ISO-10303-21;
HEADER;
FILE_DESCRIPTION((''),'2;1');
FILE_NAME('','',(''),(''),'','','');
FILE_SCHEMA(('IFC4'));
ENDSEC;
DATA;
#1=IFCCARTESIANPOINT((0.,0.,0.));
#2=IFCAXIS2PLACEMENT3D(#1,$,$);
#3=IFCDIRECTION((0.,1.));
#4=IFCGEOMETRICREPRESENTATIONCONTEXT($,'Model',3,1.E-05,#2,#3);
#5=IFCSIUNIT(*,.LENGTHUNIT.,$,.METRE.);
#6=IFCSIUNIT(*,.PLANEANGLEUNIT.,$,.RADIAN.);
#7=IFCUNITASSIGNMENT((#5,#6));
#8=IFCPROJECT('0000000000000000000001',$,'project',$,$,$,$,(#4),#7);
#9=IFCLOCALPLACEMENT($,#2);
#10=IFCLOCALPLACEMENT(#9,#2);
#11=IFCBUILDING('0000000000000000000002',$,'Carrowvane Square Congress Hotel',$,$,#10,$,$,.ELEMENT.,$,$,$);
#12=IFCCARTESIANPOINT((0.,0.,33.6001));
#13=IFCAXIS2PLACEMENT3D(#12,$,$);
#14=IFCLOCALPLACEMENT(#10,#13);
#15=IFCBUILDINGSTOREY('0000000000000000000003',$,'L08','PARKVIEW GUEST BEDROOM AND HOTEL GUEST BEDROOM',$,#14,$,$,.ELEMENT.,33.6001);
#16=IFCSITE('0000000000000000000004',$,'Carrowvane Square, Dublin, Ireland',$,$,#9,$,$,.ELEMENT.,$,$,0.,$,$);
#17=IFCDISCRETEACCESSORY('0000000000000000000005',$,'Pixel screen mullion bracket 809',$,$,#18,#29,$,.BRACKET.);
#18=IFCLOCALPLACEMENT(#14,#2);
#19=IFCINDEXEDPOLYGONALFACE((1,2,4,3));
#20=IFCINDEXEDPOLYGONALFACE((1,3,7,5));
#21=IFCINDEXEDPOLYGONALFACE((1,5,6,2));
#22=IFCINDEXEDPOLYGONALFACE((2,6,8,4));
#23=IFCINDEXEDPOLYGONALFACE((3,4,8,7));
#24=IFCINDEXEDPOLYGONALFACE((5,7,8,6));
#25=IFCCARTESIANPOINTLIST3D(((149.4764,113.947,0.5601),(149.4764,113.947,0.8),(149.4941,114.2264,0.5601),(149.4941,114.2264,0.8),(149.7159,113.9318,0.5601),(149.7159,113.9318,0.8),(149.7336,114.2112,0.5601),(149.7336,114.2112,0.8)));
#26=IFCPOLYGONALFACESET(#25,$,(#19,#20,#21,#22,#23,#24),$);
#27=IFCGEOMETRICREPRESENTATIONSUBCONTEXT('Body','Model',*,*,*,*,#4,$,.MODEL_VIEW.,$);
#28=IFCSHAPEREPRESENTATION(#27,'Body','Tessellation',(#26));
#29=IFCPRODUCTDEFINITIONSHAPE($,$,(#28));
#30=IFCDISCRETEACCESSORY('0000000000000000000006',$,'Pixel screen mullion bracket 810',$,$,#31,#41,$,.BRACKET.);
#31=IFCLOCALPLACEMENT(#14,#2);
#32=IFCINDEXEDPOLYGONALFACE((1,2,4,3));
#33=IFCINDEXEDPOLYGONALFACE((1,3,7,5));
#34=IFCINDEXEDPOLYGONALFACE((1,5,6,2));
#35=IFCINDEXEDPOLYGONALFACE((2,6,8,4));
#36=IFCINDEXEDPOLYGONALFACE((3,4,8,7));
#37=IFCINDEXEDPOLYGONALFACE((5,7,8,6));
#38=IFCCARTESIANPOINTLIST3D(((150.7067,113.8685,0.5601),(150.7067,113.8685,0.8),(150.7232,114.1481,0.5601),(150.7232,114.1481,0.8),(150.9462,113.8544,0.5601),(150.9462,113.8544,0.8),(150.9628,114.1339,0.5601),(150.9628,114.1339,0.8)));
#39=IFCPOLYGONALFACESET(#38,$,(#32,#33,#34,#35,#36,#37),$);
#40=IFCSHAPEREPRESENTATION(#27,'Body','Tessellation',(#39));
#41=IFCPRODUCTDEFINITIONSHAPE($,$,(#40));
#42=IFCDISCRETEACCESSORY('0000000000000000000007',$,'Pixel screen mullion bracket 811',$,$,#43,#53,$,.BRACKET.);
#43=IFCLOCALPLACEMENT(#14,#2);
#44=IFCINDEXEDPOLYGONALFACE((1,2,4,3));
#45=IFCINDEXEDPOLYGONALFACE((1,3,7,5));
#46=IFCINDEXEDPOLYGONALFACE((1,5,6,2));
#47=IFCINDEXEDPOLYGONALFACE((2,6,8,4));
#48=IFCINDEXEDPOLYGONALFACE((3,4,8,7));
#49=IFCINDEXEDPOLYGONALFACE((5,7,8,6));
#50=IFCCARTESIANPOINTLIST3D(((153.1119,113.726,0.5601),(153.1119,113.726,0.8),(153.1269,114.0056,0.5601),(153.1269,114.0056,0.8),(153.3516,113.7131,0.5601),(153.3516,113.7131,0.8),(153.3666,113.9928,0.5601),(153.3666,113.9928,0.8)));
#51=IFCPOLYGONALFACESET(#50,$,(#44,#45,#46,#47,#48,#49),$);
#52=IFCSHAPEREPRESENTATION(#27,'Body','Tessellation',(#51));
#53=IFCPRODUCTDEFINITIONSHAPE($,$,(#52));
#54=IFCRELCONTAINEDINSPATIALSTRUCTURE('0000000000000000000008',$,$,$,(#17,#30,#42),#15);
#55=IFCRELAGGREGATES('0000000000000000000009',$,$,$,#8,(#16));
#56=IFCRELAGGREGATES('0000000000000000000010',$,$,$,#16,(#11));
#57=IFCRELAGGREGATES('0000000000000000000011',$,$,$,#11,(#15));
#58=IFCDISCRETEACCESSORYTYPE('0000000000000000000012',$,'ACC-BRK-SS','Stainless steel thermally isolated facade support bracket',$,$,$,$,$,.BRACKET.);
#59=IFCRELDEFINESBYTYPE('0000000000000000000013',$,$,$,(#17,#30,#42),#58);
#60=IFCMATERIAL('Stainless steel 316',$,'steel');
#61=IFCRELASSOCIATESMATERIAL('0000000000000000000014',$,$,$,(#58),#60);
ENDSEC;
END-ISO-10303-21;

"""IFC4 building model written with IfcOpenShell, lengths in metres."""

from ifc_helpers import new_model, si_unit, direction, frame, origin, origin_2d, place, context, subcontext, project, spatial, rectangle, extrude, material, type_object, element, save


model = new_model("IFC4")

# Units and contexts
model_context = context("Model", 3, precision=1e-05, world=origin(), true_north=direction((0.0, 1.0)))
body_context = subcontext(model_context, "Body", "Model", "MODEL_VIEW")
ifc_project = project(units=[si_unit("LENGTHUNIT", "METRE"), si_unit("PLANEANGLEUNIT", "RADIAN")], contexts=[model_context])

# Site, building, storey
site_placement = place(None, origin())
site = spatial("IfcSite", under=ifc_project, at=site_placement, Name="Carrowvane Square, Dublin, Ireland", CompositionType="ELEMENT", RefElevation=0.0)
building_placement = place(site_placement, origin())
building = spatial("IfcBuilding", under=site, at=building_placement, Name="Carrowvane Square Congress Hotel", CompositionType="ELEMENT")
storey_placement = place(building_placement, frame((0.0, 0.0, 33.6001)))
storey = spatial("IfcBuildingStorey", under=building, at=storey_placement, Name="L08", Description="PARKVIEW GUEST BEDROOM AND HOTEL GUEST BEDROOM", CompositionType="ELEMENT", Elevation=33.6001)

# Discrete accessories
ifc_material_1 = material(Name="Stainless steel 316", Category="steel")
discrete_accessory_type = type_object("IfcDiscreteAccessoryType", Name="ACC-BRK-SS", Description="Stainless steel thermally isolated facade support bracket", PredefinedType="BRACKET", material=ifc_material_1)
for number, where, z_axis, x_axis, name in (
    (1, (149.605, 114.0791, 0.5601), (0.0, 0.0, 1.0), (0.997996, -0.063277, 0.0), "Pixel screen mullion bracket 809"),
    (2, (150.8347, 114.0012, 0.5601), (0.0, 0.0, 1.0), (0.998259, -0.058985, 0.0), "Pixel screen mullion bracket 810"),
    (3, (153.2393, 113.8594, 0.5601), (0.0, 0.0, 1.0), (0.998567, -0.053517, 0.0), "Pixel screen mullion bracket 811"),
):
    element("IfcDiscreteAccessory", number, at=place(storey_placement, frame(where, z_axis=z_axis, x_axis=x_axis)), inside=storey, type_object=discrete_accessory_type, Name=name, PredefinedType="BRACKET", context=body_context, shape_type="SweptSolid", body=[
        extrude(rectangle(XDim=0.24, YDim=0.28, at=origin_2d()), origin(), (0.0, 0.0, 1.0), 0.24),
    ])

save(model, "model.ifc")
